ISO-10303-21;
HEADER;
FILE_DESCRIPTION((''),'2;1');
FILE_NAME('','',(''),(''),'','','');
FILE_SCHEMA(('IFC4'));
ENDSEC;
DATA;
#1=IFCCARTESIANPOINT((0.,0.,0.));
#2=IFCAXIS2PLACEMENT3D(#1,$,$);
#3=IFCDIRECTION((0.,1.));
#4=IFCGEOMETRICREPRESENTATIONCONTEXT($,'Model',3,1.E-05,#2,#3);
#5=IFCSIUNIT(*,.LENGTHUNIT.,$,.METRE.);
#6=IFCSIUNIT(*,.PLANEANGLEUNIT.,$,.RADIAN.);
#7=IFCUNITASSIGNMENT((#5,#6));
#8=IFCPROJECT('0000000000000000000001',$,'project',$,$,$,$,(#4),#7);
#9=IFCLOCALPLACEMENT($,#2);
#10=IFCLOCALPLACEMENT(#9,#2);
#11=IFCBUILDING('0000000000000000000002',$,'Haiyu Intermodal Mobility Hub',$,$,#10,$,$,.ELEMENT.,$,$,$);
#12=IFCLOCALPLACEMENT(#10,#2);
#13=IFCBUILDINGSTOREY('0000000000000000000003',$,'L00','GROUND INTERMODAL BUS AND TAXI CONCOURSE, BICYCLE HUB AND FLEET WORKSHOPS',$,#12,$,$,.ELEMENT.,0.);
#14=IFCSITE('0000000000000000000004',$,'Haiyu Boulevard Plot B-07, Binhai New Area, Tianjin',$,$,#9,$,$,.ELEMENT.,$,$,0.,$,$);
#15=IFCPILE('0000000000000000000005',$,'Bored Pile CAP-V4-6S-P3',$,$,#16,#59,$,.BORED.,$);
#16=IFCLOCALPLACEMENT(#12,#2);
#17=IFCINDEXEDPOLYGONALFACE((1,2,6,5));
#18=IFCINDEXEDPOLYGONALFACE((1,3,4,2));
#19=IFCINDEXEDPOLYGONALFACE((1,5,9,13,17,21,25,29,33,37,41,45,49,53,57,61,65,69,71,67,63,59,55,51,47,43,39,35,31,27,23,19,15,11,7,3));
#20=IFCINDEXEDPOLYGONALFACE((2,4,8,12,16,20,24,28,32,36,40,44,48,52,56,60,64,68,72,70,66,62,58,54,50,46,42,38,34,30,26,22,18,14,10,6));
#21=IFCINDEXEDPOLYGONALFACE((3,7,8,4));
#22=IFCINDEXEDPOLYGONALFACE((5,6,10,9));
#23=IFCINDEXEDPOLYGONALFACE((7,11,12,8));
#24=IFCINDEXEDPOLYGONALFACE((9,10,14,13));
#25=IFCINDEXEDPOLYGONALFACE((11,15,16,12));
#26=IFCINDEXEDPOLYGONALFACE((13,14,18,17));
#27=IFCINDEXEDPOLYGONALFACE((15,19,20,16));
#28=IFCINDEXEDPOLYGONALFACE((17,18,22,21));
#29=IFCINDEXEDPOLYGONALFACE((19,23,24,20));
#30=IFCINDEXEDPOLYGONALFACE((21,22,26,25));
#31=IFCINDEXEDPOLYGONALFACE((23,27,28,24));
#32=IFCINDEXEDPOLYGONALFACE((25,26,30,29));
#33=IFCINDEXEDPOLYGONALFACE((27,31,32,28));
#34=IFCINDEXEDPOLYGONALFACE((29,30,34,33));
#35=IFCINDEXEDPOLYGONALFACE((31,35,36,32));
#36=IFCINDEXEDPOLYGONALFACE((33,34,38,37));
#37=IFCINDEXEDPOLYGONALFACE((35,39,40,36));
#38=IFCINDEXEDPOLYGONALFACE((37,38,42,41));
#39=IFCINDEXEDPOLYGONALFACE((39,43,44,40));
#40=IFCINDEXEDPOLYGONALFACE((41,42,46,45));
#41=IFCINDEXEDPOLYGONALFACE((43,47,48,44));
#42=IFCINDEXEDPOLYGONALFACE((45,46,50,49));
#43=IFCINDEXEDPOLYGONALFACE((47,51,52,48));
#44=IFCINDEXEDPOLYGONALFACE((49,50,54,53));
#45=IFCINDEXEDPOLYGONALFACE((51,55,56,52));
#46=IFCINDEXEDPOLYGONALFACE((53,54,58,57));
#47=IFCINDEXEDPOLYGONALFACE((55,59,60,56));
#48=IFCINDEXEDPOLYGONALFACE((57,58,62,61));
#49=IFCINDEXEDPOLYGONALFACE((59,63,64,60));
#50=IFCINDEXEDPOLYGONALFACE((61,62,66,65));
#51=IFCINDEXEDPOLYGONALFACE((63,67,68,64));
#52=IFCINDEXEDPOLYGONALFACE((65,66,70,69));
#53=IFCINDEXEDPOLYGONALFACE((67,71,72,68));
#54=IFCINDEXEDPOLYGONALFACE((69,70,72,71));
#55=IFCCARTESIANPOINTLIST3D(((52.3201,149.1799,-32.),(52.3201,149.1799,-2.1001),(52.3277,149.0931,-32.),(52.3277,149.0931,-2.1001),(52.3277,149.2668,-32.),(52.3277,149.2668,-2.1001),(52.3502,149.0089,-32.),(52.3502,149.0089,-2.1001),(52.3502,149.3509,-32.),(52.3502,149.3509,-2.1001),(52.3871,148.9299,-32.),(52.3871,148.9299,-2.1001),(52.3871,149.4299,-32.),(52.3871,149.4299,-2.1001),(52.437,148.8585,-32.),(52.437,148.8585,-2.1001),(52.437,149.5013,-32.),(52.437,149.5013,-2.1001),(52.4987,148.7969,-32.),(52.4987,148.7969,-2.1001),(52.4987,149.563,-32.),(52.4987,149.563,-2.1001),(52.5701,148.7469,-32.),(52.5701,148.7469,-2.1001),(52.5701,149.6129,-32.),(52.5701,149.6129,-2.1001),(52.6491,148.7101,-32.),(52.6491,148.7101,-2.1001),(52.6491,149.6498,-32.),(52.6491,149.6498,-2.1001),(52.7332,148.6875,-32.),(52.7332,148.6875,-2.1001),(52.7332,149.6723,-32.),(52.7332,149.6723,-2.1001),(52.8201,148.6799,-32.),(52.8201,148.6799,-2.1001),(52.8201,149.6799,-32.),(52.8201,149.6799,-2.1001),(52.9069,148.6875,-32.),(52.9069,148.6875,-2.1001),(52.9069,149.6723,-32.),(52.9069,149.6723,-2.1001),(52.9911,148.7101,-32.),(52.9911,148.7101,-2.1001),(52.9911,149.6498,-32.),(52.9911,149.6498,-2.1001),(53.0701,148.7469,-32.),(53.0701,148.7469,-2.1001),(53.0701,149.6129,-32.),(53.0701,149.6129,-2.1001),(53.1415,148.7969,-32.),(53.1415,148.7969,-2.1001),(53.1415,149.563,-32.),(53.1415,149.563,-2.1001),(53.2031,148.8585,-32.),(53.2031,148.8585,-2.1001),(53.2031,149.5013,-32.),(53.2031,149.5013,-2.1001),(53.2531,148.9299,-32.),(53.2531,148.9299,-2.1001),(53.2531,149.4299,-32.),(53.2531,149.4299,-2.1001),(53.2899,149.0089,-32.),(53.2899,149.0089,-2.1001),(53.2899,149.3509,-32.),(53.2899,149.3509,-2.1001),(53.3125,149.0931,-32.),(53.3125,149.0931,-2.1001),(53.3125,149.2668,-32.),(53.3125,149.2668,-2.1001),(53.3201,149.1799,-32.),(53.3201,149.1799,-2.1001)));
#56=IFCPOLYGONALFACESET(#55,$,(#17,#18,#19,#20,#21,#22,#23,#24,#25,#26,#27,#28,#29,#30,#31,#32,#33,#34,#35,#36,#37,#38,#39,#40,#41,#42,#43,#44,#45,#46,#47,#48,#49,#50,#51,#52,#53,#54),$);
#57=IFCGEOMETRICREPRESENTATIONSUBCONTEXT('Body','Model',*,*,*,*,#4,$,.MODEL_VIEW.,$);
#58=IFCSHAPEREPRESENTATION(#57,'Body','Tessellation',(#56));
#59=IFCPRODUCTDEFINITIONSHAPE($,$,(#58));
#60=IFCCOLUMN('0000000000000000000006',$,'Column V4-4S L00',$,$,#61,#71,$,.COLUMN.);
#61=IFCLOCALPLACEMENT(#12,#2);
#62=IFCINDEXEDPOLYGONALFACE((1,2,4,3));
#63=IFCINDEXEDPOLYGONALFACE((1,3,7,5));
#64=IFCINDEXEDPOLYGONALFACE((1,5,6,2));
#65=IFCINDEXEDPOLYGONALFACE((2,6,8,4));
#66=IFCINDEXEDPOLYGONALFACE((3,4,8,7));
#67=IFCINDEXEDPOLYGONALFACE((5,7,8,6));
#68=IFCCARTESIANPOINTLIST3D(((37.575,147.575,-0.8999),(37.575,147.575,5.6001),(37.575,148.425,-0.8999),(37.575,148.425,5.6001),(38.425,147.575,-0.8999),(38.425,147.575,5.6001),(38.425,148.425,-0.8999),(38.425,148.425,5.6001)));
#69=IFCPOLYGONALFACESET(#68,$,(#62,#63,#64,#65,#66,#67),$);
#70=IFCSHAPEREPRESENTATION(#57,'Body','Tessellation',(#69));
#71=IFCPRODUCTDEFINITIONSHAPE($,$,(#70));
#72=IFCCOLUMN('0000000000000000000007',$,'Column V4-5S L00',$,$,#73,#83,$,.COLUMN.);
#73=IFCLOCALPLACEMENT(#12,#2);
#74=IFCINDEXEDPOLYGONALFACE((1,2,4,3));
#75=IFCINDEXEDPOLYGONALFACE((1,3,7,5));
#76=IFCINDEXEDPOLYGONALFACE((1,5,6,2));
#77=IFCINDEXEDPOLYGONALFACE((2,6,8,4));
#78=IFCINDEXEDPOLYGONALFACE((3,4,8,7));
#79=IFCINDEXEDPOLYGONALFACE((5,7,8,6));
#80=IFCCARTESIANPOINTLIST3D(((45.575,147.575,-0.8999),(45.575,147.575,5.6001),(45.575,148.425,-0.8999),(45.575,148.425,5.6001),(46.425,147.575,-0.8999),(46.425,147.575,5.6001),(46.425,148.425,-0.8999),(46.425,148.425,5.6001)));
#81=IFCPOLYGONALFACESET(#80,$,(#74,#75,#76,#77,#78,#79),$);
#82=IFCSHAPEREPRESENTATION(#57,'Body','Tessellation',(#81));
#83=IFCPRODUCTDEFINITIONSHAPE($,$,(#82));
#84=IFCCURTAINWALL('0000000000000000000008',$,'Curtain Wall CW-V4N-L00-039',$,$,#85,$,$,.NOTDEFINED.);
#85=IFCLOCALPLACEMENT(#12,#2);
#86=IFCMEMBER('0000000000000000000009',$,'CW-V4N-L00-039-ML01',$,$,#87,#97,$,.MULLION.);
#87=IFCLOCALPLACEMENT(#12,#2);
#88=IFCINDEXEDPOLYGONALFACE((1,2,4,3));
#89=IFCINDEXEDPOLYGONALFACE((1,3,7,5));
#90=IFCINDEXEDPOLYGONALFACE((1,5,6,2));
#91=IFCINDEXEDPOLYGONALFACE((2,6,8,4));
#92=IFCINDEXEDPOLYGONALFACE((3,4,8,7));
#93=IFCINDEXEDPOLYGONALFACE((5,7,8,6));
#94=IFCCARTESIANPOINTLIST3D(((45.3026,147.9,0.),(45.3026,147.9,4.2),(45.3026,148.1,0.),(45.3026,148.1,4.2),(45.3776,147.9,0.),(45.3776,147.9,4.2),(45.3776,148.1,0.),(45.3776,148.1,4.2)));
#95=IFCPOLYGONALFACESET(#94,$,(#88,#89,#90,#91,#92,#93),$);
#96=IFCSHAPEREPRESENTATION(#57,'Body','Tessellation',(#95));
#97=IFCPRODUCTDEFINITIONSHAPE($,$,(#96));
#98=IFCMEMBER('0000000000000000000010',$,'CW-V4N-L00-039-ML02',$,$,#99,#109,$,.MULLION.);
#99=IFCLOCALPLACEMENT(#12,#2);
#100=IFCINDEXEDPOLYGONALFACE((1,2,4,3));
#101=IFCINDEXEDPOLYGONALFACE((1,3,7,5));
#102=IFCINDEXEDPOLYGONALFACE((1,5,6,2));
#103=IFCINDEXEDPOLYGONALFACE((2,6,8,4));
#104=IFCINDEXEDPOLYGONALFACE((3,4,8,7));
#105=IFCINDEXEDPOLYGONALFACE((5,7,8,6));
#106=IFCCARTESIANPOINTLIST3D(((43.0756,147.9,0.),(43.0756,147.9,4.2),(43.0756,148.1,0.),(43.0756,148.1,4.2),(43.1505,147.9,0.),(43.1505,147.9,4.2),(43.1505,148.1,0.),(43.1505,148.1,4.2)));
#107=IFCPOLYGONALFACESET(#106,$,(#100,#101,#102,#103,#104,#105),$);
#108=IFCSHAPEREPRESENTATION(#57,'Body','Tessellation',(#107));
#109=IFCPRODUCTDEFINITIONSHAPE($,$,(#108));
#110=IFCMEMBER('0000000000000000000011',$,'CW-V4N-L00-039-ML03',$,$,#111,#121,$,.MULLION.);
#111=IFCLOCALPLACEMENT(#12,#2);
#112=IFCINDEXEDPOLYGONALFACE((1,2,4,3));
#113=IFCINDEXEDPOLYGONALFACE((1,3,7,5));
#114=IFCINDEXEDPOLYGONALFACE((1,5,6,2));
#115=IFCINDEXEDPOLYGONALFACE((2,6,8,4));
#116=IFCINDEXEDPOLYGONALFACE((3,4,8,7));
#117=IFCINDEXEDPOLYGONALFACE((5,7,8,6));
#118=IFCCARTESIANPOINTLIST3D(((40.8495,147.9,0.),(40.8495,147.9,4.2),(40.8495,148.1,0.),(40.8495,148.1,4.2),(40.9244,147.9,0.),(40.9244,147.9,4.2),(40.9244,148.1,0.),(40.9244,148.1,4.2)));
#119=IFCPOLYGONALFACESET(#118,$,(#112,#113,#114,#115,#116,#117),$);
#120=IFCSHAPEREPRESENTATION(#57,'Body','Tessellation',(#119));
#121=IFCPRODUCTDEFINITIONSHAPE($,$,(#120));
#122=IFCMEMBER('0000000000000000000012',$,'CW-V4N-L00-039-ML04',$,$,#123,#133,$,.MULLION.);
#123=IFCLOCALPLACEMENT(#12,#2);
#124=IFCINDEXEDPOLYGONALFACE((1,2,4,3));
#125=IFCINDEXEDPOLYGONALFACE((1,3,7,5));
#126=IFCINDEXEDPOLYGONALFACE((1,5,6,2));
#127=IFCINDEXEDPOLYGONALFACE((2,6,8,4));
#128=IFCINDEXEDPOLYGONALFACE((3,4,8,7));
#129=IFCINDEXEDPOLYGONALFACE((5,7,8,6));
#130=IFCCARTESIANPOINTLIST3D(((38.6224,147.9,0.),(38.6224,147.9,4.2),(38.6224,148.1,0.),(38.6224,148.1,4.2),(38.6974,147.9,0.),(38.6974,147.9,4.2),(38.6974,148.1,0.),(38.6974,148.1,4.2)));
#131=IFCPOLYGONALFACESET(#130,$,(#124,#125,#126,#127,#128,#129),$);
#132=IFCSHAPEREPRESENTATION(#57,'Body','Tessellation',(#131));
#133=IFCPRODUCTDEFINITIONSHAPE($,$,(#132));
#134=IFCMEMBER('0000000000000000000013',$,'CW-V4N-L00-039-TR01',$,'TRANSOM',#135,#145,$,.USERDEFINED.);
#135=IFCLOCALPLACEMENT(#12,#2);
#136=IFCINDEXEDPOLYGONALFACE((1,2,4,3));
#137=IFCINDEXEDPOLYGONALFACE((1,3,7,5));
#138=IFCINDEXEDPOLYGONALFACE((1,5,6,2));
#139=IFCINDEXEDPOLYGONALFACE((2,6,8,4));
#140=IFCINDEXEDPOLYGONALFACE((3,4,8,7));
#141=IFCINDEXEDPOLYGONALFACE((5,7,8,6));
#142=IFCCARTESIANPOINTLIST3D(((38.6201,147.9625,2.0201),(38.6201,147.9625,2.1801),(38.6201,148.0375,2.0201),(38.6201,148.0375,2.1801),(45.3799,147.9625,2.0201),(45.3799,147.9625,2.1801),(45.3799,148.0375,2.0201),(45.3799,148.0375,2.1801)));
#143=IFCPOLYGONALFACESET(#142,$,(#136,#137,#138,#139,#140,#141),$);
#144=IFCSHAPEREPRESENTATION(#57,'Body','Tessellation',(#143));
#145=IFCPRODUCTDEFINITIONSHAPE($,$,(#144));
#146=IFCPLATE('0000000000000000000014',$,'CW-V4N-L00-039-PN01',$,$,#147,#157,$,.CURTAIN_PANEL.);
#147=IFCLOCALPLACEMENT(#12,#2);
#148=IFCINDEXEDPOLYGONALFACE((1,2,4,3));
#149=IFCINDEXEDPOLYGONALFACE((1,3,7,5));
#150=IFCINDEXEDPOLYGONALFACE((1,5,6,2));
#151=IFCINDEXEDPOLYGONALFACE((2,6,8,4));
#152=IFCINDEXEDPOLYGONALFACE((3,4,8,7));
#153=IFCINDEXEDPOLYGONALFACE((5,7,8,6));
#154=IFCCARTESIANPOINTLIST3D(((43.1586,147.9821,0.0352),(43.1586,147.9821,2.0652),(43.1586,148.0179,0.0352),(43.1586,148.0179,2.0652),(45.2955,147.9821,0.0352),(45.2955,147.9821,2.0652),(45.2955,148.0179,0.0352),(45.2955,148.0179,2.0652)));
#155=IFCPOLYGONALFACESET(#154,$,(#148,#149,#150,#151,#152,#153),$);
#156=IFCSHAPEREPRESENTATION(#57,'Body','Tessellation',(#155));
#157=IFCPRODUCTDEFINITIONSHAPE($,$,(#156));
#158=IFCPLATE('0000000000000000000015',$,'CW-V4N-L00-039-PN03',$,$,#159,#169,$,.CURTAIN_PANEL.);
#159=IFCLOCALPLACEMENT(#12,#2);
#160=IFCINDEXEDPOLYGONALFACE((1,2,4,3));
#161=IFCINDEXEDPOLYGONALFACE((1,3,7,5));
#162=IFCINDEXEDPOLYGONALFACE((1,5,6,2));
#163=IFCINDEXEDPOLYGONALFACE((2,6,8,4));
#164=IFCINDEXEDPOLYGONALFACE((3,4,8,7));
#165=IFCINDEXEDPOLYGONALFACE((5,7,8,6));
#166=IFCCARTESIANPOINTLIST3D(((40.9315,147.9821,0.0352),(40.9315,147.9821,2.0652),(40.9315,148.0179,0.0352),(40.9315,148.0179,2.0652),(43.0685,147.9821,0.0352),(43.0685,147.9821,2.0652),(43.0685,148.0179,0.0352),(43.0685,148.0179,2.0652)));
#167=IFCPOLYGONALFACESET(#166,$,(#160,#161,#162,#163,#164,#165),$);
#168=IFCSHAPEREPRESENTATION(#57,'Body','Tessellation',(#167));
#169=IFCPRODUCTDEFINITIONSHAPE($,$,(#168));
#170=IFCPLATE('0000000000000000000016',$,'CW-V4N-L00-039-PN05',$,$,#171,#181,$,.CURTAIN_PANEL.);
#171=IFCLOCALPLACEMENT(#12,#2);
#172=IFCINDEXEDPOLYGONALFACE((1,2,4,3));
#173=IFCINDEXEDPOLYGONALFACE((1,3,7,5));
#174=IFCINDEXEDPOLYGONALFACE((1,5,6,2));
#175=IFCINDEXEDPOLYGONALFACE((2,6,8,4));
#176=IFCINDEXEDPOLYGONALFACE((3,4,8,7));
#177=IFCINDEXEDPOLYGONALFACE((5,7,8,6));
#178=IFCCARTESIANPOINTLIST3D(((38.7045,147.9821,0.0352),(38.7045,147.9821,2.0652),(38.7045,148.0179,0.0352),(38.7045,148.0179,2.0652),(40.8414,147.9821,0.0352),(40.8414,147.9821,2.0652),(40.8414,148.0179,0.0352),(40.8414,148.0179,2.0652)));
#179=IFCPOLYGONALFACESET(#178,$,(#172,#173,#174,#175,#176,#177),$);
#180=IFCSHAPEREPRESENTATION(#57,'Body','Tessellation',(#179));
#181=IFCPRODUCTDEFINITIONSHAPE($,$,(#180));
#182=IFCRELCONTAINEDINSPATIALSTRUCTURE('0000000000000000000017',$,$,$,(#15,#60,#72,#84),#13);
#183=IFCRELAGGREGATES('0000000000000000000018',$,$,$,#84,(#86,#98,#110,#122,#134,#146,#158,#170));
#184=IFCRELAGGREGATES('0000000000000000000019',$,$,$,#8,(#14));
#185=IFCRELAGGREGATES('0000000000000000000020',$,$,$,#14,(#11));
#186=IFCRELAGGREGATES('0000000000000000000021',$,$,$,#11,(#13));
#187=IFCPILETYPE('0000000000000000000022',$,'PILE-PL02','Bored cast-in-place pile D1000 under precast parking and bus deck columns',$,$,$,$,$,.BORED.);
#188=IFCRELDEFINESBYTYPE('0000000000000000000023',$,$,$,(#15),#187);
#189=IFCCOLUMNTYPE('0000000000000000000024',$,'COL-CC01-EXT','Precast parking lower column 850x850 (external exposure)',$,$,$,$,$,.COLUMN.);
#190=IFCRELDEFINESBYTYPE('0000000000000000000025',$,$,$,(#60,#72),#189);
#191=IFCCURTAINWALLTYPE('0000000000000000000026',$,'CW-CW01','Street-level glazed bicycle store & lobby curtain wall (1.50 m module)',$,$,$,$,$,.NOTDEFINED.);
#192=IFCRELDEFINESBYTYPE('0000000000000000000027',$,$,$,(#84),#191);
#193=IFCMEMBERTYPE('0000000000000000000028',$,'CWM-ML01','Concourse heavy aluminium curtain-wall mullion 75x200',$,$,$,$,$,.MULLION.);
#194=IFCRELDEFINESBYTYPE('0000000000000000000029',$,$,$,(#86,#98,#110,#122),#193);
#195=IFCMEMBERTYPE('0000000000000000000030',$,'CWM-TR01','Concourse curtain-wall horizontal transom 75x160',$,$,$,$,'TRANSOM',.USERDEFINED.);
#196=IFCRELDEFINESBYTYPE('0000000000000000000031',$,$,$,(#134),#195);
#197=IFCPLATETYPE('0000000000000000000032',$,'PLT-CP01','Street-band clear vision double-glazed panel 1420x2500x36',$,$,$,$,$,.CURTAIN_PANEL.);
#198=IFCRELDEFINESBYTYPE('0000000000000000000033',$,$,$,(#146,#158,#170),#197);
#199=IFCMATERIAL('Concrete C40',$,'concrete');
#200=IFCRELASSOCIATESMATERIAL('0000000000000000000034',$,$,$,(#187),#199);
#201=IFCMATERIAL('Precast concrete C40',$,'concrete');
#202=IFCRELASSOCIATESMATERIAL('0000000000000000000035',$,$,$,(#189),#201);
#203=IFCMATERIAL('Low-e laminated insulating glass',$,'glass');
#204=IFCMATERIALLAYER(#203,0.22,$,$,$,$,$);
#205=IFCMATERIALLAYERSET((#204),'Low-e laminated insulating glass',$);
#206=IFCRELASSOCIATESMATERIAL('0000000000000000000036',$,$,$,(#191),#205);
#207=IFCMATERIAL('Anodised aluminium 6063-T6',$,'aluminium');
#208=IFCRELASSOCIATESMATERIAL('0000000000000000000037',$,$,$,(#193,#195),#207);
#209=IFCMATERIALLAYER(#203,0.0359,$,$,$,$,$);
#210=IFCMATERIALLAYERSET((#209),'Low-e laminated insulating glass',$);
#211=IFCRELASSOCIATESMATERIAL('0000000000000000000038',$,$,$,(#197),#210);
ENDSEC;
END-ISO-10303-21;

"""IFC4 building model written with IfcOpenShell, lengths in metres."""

from ifc_helpers import new_model, si_unit, direction, frame, origin, origin_2d, place, context, subcontext, project, spatial, rectangle, circle, extrude, material, layer, layer_set, material_profile, profile_set, type_object, element, aggregate, save


model = new_model("IFC4")

# Units and contexts
model_context = context("Model", 3, precision=1e-05, world=origin(), true_north=direction((0.0, 1.0)))
body_context = subcontext(model_context, "Body", "Model", "MODEL_VIEW")
ifc_project = project(units=[si_unit("LENGTHUNIT", "METRE"), si_unit("PLANEANGLEUNIT", "RADIAN")], contexts=[model_context])

# Site, building, storey
site_placement = place(None, origin())
site = spatial("IfcSite", under=ifc_project, at=site_placement, Name="Haiyu Boulevard Plot B-07, Binhai New Area, Tianjin", CompositionType="ELEMENT", RefElevation=0.0)
building_placement = place(site_placement, origin())
building = spatial("IfcBuilding", under=site, at=building_placement, Name="Haiyu Intermodal Mobility Hub", CompositionType="ELEMENT")
storey_placement = place(building_placement, origin())
storey = spatial("IfcBuildingStorey", under=building, at=storey_placement, Name="L00", Description="GROUND INTERMODAL BUS AND TAXI CONCOURSE, BICYCLE HUB AND FLEET WORKSHOPS", CompositionType="ELEMENT", Elevation=0.0)

# Shared definitions
ifc_material_1 = material(Name="Concrete C40", Category="concrete")

# Pile
ifc_material_profile_1 = material_profile(ifc_material_1, circle(Radius=0.5, at=origin_2d()), Name="PILE-D1000")
ifc_profile_set_1 = profile_set([ifc_material_profile_1], Name="Concrete C40")
pile_type = type_object("IfcPileType", Name="PILE-PL02", Description="Bored cast-in-place pile D1000 under precast parking and bus deck columns", PredefinedType="BORED", material=ifc_profile_set_1)
for number, where, z_axis, x_axis, name in (
    (1, (52.8201, 149.1799, -2.1001), (0.0, 0.0, -1.0), (1.0, 0.0, 0.0), "Bored Pile CAP-V4-6S-P3"),
):
    element("IfcPile", number, at=place(storey_placement, frame(where, z_axis=z_axis, x_axis=x_axis)), inside=storey, type_object=pile_type, Name=name, PredefinedType="BORED", context=body_context, shape_type="SweptSolid", body=[
        extrude(circle(Radius=0.5, at=origin_2d()), origin(), (0.0, 0.0, 1.0), 29.8999),
    ])

# Columns
ifc_material_2 = material(Name="Precast concrete C40", Category="concrete")
ifc_material_profile_2 = material_profile(ifc_material_2, rectangle(XDim=0.8501, YDim=0.8501, at=origin_2d()), Name="RC850x850")
ifc_profile_set_2 = profile_set([ifc_material_profile_2], Name="Precast concrete C40")
column_type = type_object("IfcColumnType", Name="COL-CC01-EXT", Description="Precast parking lower column 850x850 (external exposure)", PredefinedType="COLUMN", material=ifc_profile_set_2)
for number, where, z_axis, x_axis, name in (
    (2, (38.0, 148.0, -0.8999), (0.0, 0.0, 1.0), (1.0, 0.0, 0.0), "Column V4-4S L00"),
    (3, (46.0, 148.0, -0.8999), (0.0, 0.0, 1.0), (1.0, 0.0, 0.0), "Column V4-5S L00"),
):
    element("IfcColumn", number, at=place(storey_placement, frame(where, z_axis=z_axis, x_axis=x_axis)), inside=storey, type_object=column_type, Name=name, PredefinedType="COLUMN", context=body_context, shape_type="SweptSolid", body=[
        extrude(rectangle(XDim=0.8501, YDim=0.8501, at=origin_2d()), origin(), (0.0, 0.0, 1.0), 6.5),
    ])

# Curtain wall, members, plates
ifc_material_3 = material(Name="Low-e laminated insulating glass", Category="glass")
ifc_layer_1 = layer(ifc_material_3, 0.22)
ifc_layer_set_1 = layer_set([ifc_layer_1], Name="Low-e laminated insulating glass")
curtain_wall_type = type_object("IfcCurtainWallType", Name="CW-CW01", Description="Street-level glazed bicycle store & lobby curtain wall (1.50 m module)", PredefinedType="NOTDEFINED", material=ifc_layer_set_1)
curtain_wall_placement = place(storey_placement, origin())
curtain_wall = element("IfcCurtainWall", 4, at=curtain_wall_placement, inside=storey, type_object=curtain_wall_type, Name="Curtain Wall CW-V4N-L00-039", PredefinedType="NOTDEFINED")
ifc_material_4 = material(Name="Anodised aluminium 6063-T6", Category="aluminium")
ifc_material_profile_3 = material_profile(ifc_material_4, rectangle(XDim=0.075, YDim=0.2, at=origin_2d()), Name="ALU75x200")
ifc_profile_set_3 = profile_set([ifc_material_profile_3], Name="Anodised aluminium 6063-T6")
member_type_1 = type_object("IfcMemberType", Name="CWM-ML01", Description="Concourse heavy aluminium curtain-wall mullion 75x200", PredefinedType="MULLION", material=ifc_profile_set_3)
member_1_placement = place(storey_placement, frame((45.3401, 148.0, 0.0), z_axis=(0.0, 0.0, 1.0), x_axis=(1.0, 0.0, 0.0)))
member_1 = element("IfcMember", 5, at=member_1_placement, type_object=member_type_1, Name="CW-V4N-L00-039-ML01", PredefinedType="MULLION", context=body_context, shape_type="SweptSolid", body=[
    extrude(rectangle(XDim=0.075, YDim=0.2, at=origin_2d()), origin(), (0.0, 0.0, 1.0), 4.2),
])
member_2_placement = place(storey_placement, frame((43.113, 148.0, 0.0), z_axis=(0.0, 0.0, 1.0), x_axis=(1.0, 0.0, 0.0)))
member_2 = element("IfcMember", 6, at=member_2_placement, type_object=member_type_1, Name="CW-V4N-L00-039-ML02", PredefinedType="MULLION", context=body_context, shape_type="SweptSolid", body=[
    extrude(rectangle(XDim=0.075, YDim=0.2, at=origin_2d()), origin(), (0.0, 0.0, 1.0), 4.2),
])
member_3_placement = place(storey_placement, frame((40.887, 148.0, 0.0), z_axis=(0.0, 0.0, 1.0), x_axis=(1.0, 0.0, 0.0)))
member_3 = element("IfcMember", 7, at=member_3_placement, type_object=member_type_1, Name="CW-V4N-L00-039-ML03", PredefinedType="MULLION", context=body_context, shape_type="SweptSolid", body=[
    extrude(rectangle(XDim=0.075, YDim=0.2, at=origin_2d()), origin(), (0.0, 0.0, 1.0), 4.2),
])
member_4_placement = place(storey_placement, frame((38.6599, 148.0, 0.0), z_axis=(0.0, 0.0, 1.0), x_axis=(1.0, 0.0, 0.0)))
member_4 = element("IfcMember", 8, at=member_4_placement, type_object=member_type_1, Name="CW-V4N-L00-039-ML04", PredefinedType="MULLION", context=body_context, shape_type="SweptSolid", body=[
    extrude(rectangle(XDim=0.075, YDim=0.2, at=origin_2d()), origin(), (0.0, 0.0, 1.0), 4.2),
])
ifc_material_profile_4 = material_profile(ifc_material_4, rectangle(XDim=0.075, YDim=0.1599, at=origin_2d()), Name="ALU75x160")
ifc_profile_set_4 = profile_set([ifc_material_profile_4], Name="Anodised aluminium 6063-T6")
member_type_2 = type_object("IfcMemberType", Name="CWM-TR01", Description="Concourse curtain-wall horizontal transom 75x160", ElementType="TRANSOM", PredefinedType="USERDEFINED", material=ifc_profile_set_4)
member_5_placement = place(storey_placement, frame((45.3799, 148.0, 2.1001), z_axis=(-1.0, 0.0, 0.0), x_axis=(0.0, -1.0, 0.0)))
member_5 = element("IfcMember", 9, at=member_5_placement, type_object=member_type_2, Name="CW-V4N-L00-039-TR01", ObjectType="TRANSOM", PredefinedType="USERDEFINED", context=body_context, shape_type="SweptSolid", body=[
    extrude(rectangle(XDim=0.075, YDim=0.1599, at=origin_2d()), origin(), (0.0, 0.0, 1.0), 6.7598),
])
ifc_layer_2 = layer(ifc_material_3, 0.0359)
ifc_layer_set_2 = layer_set([ifc_layer_2], Name="Low-e laminated insulating glass")
plate_type_1 = type_object("IfcPlateType", Name="PLT-CP01", Description="Street-band clear vision double-glazed panel 1420x2500x36", PredefinedType="CURTAIN_PANEL", material=ifc_layer_set_2)
plate_1_placement = place(storey_placement, frame((44.2271, 148.0, 0.0352), z_axis=(0.0, 0.0, 1.0), x_axis=(-1.0, 0.0, 0.0)))
plate_1 = element("IfcPlate", 10, at=plate_1_placement, type_object=plate_type_1, Name="CW-V4N-L00-039-PN01", PredefinedType="CURTAIN_PANEL", context=body_context, shape_type="SweptSolid", body=[
    extrude(rectangle(XDim=2.137, YDim=0.0359, at=origin_2d()), origin(), (0.0, 0.0, 1.0), 2.03),
])
plate_2_placement = place(storey_placement, frame((42.0, 148.0, 0.0352), z_axis=(0.0, 0.0, 1.0), x_axis=(-1.0, 0.0, 0.0)))
plate_2 = element("IfcPlate", 11, at=plate_2_placement, type_object=plate_type_1, Name="CW-V4N-L00-039-PN03", PredefinedType="CURTAIN_PANEL", context=body_context, shape_type="SweptSolid", body=[
    extrude(rectangle(XDim=2.137, YDim=0.0359, at=origin_2d()), origin(), (0.0, 0.0, 1.0), 2.03),
])
plate_3_placement = place(storey_placement, frame((39.7729, 148.0, 0.0352), z_axis=(0.0, 0.0, 1.0), x_axis=(-1.0, 0.0, 0.0)))
plate_3 = element("IfcPlate", 12, at=plate_3_placement, type_object=plate_type_1, Name="CW-V4N-L00-039-PN05", PredefinedType="CURTAIN_PANEL", context=body_context, shape_type="SweptSolid", body=[
    extrude(rectangle(XDim=2.137, YDim=0.0359, at=origin_2d()), origin(), (0.0, 0.0, 1.0), 2.03),
])
aggregate(curtain_wall, [member_1, member_2, member_3, member_4, member_5, plate_1, plate_2, plate_3])

save(model, "model.ifc")
